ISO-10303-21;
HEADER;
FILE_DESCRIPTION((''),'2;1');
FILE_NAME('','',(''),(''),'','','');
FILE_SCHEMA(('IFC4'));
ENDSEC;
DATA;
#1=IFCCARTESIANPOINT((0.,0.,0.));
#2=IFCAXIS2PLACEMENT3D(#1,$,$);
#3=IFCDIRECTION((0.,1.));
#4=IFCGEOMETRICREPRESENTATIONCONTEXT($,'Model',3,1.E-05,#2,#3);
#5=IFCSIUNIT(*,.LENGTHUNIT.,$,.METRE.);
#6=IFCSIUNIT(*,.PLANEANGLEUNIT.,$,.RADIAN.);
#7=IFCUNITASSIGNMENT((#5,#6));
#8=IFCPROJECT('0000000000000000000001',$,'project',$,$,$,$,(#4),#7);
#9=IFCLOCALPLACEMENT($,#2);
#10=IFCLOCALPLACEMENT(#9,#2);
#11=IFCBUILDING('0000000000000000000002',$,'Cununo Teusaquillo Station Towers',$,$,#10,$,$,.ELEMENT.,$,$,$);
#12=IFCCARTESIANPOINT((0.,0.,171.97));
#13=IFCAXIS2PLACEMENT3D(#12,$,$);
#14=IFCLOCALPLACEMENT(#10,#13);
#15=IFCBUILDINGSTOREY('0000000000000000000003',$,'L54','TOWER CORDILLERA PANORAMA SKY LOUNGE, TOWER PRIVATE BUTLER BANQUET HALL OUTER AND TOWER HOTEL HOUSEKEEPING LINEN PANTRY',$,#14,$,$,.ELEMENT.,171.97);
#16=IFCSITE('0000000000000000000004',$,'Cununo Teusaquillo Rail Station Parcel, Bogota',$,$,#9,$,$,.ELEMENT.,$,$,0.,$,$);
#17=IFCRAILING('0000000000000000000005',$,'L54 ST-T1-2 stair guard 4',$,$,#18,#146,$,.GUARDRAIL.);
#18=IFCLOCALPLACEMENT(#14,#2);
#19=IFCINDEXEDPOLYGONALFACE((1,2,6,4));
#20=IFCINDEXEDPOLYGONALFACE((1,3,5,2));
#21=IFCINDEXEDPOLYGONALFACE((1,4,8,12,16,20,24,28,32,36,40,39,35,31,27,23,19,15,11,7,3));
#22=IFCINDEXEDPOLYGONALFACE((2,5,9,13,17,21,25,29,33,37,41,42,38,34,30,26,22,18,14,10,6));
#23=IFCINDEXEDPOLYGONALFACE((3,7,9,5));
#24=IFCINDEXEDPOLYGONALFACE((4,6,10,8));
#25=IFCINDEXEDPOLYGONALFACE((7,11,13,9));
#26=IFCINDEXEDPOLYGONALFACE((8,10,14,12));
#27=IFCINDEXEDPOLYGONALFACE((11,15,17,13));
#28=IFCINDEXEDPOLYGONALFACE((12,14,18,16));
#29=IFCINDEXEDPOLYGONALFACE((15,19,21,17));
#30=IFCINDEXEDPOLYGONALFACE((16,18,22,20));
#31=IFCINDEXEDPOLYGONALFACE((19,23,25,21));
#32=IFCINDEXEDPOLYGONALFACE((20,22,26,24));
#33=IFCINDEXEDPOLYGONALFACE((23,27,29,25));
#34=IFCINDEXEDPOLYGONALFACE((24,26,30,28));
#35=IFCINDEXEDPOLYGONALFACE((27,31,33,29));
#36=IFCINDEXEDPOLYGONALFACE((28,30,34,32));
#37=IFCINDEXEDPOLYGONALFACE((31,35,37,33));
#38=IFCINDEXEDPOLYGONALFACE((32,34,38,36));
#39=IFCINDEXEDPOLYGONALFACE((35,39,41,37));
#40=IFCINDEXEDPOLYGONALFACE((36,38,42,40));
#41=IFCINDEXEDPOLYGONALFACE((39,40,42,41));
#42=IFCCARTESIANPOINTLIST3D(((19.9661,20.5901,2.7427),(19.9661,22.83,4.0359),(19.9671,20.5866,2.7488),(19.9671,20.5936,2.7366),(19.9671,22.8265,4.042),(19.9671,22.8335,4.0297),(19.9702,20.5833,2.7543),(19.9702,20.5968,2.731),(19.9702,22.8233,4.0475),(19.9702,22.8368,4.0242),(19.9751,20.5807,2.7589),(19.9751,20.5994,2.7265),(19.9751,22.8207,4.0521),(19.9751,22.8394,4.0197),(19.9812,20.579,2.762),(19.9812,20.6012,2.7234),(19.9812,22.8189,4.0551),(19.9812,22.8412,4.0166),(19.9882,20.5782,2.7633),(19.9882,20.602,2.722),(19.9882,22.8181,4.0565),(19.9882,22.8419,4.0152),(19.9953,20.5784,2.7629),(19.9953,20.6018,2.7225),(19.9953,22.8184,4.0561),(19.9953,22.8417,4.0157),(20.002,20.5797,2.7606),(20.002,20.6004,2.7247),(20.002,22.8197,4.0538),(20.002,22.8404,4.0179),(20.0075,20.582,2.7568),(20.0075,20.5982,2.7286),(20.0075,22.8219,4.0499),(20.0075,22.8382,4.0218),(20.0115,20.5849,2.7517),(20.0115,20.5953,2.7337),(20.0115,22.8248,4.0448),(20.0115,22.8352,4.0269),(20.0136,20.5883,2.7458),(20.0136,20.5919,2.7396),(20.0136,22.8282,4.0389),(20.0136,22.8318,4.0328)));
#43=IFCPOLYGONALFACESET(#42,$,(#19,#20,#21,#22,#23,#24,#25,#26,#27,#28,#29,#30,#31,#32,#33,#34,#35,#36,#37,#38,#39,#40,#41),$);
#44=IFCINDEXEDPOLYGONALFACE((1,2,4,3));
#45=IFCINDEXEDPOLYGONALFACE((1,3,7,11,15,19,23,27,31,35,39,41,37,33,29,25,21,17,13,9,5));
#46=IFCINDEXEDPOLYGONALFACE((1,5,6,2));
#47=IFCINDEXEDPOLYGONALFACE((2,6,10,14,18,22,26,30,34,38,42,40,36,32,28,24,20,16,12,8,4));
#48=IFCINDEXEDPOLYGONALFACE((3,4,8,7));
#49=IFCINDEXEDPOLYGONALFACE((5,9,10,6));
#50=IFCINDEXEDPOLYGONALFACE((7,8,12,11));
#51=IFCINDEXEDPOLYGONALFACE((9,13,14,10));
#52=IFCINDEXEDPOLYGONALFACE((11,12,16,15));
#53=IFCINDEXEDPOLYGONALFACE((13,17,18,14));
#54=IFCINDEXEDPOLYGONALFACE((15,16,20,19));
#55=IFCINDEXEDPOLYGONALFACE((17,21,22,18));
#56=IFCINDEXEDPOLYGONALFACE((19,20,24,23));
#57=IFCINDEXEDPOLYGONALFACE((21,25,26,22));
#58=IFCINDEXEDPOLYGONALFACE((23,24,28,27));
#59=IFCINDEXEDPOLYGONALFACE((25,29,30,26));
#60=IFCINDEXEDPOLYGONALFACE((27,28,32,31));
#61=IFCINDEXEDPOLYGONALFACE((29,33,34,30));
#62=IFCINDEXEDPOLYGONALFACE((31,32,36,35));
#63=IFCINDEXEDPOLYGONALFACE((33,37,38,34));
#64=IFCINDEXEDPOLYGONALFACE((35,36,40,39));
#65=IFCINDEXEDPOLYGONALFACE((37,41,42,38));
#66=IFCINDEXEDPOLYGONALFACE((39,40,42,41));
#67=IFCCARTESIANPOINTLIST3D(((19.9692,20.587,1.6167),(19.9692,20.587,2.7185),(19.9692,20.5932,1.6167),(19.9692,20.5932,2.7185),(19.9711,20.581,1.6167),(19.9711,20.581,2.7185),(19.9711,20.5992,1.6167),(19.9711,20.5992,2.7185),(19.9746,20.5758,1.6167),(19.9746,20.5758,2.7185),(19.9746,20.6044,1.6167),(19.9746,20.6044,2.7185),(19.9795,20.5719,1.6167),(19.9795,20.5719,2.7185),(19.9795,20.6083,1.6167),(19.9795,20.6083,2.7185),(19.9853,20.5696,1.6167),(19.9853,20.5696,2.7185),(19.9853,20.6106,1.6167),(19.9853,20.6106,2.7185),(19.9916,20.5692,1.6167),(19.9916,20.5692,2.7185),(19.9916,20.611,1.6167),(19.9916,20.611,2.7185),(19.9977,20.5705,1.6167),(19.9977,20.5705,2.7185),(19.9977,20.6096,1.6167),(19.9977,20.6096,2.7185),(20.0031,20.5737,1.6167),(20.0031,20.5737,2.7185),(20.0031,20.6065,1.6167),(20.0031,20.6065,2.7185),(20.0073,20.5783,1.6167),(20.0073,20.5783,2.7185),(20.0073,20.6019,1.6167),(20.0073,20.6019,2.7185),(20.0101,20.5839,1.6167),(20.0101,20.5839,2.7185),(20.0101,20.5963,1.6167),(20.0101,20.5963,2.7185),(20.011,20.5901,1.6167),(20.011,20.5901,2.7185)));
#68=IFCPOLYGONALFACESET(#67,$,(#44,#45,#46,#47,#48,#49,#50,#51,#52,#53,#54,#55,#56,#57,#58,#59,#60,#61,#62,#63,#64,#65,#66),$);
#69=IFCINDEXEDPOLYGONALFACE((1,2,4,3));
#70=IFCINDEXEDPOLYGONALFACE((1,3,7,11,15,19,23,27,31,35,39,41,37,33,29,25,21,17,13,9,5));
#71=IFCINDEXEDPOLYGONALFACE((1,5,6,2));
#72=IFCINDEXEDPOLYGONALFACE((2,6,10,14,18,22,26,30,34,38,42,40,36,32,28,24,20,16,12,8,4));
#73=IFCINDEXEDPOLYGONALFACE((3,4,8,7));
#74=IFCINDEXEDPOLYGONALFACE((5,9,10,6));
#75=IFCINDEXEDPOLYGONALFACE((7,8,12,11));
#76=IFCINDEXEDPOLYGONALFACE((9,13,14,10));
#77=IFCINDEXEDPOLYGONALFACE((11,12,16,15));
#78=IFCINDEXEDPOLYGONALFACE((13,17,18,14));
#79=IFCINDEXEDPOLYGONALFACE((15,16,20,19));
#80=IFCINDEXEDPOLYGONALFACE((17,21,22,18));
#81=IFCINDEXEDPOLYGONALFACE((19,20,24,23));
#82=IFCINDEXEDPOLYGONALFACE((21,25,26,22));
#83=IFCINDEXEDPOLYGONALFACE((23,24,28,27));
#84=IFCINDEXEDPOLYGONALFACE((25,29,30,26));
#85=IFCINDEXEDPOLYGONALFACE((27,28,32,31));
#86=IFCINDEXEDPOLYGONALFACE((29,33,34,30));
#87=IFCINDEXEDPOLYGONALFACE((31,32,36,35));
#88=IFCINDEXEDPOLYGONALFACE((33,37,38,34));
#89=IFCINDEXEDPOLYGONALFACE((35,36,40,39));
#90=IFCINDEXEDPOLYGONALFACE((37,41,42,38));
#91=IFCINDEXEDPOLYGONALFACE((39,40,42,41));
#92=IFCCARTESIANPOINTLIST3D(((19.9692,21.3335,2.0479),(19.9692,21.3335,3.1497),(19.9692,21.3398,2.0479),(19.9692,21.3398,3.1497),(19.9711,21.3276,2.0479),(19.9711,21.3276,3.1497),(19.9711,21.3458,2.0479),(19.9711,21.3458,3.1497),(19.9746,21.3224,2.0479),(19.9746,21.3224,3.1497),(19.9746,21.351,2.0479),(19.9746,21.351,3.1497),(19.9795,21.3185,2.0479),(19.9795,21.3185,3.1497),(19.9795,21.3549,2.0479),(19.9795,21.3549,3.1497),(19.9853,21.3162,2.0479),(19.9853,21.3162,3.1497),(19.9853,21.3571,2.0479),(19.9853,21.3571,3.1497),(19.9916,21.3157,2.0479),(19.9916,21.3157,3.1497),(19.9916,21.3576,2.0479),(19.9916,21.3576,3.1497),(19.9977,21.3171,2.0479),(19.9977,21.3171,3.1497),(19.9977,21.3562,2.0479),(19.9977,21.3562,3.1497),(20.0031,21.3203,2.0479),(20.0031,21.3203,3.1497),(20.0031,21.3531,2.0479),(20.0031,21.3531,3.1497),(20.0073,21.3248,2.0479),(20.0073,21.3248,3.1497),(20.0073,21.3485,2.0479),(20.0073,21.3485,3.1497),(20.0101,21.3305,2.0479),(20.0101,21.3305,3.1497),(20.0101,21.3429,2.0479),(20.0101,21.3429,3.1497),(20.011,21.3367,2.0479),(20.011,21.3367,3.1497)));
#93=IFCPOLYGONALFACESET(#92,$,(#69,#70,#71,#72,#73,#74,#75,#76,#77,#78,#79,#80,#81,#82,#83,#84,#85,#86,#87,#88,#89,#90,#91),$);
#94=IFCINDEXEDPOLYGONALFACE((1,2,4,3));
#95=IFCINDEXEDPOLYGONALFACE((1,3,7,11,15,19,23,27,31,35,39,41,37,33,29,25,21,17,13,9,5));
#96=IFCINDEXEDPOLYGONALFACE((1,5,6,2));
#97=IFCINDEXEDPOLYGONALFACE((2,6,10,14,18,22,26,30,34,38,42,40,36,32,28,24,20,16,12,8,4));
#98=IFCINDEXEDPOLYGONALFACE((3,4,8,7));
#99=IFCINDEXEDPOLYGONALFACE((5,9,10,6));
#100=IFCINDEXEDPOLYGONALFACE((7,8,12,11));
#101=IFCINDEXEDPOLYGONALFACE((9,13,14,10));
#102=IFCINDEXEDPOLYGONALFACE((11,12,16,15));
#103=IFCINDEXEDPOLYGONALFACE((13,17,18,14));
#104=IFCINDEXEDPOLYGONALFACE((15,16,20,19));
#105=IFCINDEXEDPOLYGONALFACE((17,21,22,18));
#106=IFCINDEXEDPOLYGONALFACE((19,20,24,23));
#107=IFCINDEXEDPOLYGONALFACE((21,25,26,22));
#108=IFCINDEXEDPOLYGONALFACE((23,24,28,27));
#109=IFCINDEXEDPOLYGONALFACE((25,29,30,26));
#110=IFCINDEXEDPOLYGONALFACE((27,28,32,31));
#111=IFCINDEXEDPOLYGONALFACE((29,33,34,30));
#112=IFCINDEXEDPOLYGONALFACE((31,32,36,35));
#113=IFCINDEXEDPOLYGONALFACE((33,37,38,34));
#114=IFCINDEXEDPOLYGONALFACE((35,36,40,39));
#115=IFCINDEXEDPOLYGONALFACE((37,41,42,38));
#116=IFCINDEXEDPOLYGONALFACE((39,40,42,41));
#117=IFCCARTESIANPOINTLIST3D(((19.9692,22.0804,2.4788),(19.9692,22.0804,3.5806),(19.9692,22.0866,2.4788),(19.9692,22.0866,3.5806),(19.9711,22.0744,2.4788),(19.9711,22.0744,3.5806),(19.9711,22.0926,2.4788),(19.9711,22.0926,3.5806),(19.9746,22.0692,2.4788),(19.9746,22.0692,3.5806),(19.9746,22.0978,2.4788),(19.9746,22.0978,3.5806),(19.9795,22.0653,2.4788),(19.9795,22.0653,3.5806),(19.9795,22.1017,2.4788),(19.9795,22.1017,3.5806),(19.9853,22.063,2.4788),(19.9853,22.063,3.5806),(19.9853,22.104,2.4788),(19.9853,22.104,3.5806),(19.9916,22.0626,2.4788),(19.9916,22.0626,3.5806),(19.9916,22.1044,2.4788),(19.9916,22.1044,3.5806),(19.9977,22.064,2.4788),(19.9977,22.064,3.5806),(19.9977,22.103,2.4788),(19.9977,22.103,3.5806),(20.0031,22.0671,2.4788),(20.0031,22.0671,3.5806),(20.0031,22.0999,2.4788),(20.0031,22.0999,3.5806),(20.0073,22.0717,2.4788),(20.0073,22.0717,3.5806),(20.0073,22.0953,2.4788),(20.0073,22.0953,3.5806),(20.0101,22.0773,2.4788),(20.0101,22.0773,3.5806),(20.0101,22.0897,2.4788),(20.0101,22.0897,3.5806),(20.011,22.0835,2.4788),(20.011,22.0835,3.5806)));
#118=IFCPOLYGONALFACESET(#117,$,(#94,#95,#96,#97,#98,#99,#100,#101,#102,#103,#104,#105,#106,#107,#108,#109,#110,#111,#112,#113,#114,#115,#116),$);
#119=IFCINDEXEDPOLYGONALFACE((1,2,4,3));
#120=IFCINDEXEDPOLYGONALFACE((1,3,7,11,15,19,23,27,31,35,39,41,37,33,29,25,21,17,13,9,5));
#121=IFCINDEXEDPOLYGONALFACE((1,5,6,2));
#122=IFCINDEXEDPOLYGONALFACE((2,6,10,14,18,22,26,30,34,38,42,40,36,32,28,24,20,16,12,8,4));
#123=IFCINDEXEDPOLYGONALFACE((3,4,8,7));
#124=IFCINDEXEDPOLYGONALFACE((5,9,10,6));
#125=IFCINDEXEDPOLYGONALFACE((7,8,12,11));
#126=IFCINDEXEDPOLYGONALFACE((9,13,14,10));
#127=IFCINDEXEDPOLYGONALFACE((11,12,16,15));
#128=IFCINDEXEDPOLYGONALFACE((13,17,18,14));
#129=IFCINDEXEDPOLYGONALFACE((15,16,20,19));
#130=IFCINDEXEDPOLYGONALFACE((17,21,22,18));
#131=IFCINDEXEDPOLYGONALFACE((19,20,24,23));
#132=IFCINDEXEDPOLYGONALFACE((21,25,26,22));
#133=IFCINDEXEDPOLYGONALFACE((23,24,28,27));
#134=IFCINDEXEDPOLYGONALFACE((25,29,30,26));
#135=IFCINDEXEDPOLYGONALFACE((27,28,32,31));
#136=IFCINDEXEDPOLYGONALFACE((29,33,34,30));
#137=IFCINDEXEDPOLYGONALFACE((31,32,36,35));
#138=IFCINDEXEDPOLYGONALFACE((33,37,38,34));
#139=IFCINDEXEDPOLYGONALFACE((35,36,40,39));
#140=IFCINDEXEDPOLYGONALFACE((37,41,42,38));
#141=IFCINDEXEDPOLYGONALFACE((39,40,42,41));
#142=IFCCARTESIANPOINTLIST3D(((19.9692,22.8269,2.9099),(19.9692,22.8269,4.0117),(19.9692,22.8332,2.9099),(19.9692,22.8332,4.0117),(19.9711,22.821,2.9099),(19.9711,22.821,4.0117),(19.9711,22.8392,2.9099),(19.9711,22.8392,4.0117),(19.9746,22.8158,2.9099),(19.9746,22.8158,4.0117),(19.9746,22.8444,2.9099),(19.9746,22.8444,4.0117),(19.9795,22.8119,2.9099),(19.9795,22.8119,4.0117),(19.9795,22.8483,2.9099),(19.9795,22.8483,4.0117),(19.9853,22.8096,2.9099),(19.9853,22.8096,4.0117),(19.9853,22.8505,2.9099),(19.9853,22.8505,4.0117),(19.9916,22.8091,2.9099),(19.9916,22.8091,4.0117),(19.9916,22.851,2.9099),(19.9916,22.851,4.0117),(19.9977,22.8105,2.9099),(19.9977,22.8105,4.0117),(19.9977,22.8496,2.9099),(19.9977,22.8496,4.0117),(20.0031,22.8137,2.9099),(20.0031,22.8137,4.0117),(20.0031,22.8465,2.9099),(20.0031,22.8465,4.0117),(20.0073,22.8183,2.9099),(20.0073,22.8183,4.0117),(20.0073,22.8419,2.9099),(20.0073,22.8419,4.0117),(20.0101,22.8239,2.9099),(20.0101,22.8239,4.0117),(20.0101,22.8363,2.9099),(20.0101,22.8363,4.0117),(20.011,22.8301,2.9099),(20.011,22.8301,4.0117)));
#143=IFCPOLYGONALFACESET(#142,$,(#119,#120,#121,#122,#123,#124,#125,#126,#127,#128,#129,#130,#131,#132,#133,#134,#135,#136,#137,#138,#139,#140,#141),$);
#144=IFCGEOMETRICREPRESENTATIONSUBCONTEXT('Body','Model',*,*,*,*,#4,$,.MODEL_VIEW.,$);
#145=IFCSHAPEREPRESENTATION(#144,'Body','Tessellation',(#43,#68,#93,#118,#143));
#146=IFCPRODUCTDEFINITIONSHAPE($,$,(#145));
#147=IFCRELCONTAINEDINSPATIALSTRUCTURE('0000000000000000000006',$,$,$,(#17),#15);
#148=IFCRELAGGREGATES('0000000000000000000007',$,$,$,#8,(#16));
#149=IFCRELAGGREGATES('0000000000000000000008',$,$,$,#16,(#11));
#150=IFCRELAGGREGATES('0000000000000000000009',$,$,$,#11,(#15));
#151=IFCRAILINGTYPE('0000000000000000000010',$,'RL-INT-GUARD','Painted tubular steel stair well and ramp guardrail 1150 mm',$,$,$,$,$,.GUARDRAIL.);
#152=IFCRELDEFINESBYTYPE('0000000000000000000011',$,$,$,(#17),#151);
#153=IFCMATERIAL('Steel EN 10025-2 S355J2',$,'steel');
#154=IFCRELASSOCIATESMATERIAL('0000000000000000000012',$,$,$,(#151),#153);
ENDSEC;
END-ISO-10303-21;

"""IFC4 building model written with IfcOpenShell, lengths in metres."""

from ifc_helpers import new_model, si_unit, direction, frame, origin, origin_2d, place, context, subcontext, project, spatial, circle, extrude, material, type_object, element, save


model = new_model("IFC4")

# Units and contexts
model_context = context("Model", 3, precision=1e-05, world=origin(), true_north=direction((0.0, 1.0)))
body_context = subcontext(model_context, "Body", "Model", "MODEL_VIEW")
ifc_project = project(units=[si_unit("LENGTHUNIT", "METRE"), si_unit("PLANEANGLEUNIT", "RADIAN")], contexts=[model_context])

# Site, building, storey
site_placement = place(None, origin())
site = spatial("IfcSite", under=ifc_project, at=site_placement, Name="Cununo Teusaquillo Rail Station Parcel, Bogota", CompositionType="ELEMENT", RefElevation=0.0)
building_placement = place(site_placement, origin())
building = spatial("IfcBuilding", under=site, at=building_placement, Name="Cununo Teusaquillo Station Towers", CompositionType="ELEMENT")
storey_placement = place(building_placement, frame((0.0, 0.0, 171.97)))
storey = spatial("IfcBuildingStorey", under=building, at=storey_placement, Name="L54", Description="TOWER CORDILLERA PANORAMA SKY LOUNGE, TOWER PRIVATE BUTLER BANQUET HALL OUTER AND TOWER HOTEL HOUSEKEEPING LINEN PANTRY", CompositionType="ELEMENT", Elevation=171.97)

# Railing
ifc_material_1 = material(Name="Steel EN 10025-2 S355J2", Category="steel")
railing_type_1 = type_object("IfcRailingType", Name="RL-INT-GUARD", Description="Painted tubular steel stair well and ramp guardrail 1150 mm", PredefinedType="GUARDRAIL", material=ifc_material_1)
railing_1_placement = place(storey_placement, frame((19.99, 20.5901, 1.6167)))
element("IfcRailing", 1, at=railing_1_placement, inside=storey, type_object=railing_type_1, Name="L54 ST-T1-2 stair guard 4", PredefinedType="GUARDRAIL", context=body_context, shape_type="SweptSolid", body=[
    extrude(circle(Radius=0.0239, at=origin_2d()), frame((0.0, 0.0, 1.126), z_axis=(0.0, 0.866033, 0.499987), x_axis=(-1.0, 0.0, 0.0)), (0.0, 0.0, 1.0), 2.5864),
    extrude(circle(Radius=0.021, at=origin_2d()), origin(), (0.0, 0.0, 1.0), 1.1018),
    extrude(circle(Radius=0.021, at=origin_2d()), frame((0.0, 0.7466, 0.4312)), (0.0, 0.0, 1.0), 1.1018),
    extrude(circle(Radius=0.021, at=origin_2d()), frame((0.0, 1.4934, 0.8621)), (0.0, 0.0, 1.0), 1.1018),
    extrude(circle(Radius=0.021, at=origin_2d()), frame((0.0, 2.24, 1.2932)), (0.0, 0.0, 1.0), 1.1018),
])

save(model, "model.ifc")
